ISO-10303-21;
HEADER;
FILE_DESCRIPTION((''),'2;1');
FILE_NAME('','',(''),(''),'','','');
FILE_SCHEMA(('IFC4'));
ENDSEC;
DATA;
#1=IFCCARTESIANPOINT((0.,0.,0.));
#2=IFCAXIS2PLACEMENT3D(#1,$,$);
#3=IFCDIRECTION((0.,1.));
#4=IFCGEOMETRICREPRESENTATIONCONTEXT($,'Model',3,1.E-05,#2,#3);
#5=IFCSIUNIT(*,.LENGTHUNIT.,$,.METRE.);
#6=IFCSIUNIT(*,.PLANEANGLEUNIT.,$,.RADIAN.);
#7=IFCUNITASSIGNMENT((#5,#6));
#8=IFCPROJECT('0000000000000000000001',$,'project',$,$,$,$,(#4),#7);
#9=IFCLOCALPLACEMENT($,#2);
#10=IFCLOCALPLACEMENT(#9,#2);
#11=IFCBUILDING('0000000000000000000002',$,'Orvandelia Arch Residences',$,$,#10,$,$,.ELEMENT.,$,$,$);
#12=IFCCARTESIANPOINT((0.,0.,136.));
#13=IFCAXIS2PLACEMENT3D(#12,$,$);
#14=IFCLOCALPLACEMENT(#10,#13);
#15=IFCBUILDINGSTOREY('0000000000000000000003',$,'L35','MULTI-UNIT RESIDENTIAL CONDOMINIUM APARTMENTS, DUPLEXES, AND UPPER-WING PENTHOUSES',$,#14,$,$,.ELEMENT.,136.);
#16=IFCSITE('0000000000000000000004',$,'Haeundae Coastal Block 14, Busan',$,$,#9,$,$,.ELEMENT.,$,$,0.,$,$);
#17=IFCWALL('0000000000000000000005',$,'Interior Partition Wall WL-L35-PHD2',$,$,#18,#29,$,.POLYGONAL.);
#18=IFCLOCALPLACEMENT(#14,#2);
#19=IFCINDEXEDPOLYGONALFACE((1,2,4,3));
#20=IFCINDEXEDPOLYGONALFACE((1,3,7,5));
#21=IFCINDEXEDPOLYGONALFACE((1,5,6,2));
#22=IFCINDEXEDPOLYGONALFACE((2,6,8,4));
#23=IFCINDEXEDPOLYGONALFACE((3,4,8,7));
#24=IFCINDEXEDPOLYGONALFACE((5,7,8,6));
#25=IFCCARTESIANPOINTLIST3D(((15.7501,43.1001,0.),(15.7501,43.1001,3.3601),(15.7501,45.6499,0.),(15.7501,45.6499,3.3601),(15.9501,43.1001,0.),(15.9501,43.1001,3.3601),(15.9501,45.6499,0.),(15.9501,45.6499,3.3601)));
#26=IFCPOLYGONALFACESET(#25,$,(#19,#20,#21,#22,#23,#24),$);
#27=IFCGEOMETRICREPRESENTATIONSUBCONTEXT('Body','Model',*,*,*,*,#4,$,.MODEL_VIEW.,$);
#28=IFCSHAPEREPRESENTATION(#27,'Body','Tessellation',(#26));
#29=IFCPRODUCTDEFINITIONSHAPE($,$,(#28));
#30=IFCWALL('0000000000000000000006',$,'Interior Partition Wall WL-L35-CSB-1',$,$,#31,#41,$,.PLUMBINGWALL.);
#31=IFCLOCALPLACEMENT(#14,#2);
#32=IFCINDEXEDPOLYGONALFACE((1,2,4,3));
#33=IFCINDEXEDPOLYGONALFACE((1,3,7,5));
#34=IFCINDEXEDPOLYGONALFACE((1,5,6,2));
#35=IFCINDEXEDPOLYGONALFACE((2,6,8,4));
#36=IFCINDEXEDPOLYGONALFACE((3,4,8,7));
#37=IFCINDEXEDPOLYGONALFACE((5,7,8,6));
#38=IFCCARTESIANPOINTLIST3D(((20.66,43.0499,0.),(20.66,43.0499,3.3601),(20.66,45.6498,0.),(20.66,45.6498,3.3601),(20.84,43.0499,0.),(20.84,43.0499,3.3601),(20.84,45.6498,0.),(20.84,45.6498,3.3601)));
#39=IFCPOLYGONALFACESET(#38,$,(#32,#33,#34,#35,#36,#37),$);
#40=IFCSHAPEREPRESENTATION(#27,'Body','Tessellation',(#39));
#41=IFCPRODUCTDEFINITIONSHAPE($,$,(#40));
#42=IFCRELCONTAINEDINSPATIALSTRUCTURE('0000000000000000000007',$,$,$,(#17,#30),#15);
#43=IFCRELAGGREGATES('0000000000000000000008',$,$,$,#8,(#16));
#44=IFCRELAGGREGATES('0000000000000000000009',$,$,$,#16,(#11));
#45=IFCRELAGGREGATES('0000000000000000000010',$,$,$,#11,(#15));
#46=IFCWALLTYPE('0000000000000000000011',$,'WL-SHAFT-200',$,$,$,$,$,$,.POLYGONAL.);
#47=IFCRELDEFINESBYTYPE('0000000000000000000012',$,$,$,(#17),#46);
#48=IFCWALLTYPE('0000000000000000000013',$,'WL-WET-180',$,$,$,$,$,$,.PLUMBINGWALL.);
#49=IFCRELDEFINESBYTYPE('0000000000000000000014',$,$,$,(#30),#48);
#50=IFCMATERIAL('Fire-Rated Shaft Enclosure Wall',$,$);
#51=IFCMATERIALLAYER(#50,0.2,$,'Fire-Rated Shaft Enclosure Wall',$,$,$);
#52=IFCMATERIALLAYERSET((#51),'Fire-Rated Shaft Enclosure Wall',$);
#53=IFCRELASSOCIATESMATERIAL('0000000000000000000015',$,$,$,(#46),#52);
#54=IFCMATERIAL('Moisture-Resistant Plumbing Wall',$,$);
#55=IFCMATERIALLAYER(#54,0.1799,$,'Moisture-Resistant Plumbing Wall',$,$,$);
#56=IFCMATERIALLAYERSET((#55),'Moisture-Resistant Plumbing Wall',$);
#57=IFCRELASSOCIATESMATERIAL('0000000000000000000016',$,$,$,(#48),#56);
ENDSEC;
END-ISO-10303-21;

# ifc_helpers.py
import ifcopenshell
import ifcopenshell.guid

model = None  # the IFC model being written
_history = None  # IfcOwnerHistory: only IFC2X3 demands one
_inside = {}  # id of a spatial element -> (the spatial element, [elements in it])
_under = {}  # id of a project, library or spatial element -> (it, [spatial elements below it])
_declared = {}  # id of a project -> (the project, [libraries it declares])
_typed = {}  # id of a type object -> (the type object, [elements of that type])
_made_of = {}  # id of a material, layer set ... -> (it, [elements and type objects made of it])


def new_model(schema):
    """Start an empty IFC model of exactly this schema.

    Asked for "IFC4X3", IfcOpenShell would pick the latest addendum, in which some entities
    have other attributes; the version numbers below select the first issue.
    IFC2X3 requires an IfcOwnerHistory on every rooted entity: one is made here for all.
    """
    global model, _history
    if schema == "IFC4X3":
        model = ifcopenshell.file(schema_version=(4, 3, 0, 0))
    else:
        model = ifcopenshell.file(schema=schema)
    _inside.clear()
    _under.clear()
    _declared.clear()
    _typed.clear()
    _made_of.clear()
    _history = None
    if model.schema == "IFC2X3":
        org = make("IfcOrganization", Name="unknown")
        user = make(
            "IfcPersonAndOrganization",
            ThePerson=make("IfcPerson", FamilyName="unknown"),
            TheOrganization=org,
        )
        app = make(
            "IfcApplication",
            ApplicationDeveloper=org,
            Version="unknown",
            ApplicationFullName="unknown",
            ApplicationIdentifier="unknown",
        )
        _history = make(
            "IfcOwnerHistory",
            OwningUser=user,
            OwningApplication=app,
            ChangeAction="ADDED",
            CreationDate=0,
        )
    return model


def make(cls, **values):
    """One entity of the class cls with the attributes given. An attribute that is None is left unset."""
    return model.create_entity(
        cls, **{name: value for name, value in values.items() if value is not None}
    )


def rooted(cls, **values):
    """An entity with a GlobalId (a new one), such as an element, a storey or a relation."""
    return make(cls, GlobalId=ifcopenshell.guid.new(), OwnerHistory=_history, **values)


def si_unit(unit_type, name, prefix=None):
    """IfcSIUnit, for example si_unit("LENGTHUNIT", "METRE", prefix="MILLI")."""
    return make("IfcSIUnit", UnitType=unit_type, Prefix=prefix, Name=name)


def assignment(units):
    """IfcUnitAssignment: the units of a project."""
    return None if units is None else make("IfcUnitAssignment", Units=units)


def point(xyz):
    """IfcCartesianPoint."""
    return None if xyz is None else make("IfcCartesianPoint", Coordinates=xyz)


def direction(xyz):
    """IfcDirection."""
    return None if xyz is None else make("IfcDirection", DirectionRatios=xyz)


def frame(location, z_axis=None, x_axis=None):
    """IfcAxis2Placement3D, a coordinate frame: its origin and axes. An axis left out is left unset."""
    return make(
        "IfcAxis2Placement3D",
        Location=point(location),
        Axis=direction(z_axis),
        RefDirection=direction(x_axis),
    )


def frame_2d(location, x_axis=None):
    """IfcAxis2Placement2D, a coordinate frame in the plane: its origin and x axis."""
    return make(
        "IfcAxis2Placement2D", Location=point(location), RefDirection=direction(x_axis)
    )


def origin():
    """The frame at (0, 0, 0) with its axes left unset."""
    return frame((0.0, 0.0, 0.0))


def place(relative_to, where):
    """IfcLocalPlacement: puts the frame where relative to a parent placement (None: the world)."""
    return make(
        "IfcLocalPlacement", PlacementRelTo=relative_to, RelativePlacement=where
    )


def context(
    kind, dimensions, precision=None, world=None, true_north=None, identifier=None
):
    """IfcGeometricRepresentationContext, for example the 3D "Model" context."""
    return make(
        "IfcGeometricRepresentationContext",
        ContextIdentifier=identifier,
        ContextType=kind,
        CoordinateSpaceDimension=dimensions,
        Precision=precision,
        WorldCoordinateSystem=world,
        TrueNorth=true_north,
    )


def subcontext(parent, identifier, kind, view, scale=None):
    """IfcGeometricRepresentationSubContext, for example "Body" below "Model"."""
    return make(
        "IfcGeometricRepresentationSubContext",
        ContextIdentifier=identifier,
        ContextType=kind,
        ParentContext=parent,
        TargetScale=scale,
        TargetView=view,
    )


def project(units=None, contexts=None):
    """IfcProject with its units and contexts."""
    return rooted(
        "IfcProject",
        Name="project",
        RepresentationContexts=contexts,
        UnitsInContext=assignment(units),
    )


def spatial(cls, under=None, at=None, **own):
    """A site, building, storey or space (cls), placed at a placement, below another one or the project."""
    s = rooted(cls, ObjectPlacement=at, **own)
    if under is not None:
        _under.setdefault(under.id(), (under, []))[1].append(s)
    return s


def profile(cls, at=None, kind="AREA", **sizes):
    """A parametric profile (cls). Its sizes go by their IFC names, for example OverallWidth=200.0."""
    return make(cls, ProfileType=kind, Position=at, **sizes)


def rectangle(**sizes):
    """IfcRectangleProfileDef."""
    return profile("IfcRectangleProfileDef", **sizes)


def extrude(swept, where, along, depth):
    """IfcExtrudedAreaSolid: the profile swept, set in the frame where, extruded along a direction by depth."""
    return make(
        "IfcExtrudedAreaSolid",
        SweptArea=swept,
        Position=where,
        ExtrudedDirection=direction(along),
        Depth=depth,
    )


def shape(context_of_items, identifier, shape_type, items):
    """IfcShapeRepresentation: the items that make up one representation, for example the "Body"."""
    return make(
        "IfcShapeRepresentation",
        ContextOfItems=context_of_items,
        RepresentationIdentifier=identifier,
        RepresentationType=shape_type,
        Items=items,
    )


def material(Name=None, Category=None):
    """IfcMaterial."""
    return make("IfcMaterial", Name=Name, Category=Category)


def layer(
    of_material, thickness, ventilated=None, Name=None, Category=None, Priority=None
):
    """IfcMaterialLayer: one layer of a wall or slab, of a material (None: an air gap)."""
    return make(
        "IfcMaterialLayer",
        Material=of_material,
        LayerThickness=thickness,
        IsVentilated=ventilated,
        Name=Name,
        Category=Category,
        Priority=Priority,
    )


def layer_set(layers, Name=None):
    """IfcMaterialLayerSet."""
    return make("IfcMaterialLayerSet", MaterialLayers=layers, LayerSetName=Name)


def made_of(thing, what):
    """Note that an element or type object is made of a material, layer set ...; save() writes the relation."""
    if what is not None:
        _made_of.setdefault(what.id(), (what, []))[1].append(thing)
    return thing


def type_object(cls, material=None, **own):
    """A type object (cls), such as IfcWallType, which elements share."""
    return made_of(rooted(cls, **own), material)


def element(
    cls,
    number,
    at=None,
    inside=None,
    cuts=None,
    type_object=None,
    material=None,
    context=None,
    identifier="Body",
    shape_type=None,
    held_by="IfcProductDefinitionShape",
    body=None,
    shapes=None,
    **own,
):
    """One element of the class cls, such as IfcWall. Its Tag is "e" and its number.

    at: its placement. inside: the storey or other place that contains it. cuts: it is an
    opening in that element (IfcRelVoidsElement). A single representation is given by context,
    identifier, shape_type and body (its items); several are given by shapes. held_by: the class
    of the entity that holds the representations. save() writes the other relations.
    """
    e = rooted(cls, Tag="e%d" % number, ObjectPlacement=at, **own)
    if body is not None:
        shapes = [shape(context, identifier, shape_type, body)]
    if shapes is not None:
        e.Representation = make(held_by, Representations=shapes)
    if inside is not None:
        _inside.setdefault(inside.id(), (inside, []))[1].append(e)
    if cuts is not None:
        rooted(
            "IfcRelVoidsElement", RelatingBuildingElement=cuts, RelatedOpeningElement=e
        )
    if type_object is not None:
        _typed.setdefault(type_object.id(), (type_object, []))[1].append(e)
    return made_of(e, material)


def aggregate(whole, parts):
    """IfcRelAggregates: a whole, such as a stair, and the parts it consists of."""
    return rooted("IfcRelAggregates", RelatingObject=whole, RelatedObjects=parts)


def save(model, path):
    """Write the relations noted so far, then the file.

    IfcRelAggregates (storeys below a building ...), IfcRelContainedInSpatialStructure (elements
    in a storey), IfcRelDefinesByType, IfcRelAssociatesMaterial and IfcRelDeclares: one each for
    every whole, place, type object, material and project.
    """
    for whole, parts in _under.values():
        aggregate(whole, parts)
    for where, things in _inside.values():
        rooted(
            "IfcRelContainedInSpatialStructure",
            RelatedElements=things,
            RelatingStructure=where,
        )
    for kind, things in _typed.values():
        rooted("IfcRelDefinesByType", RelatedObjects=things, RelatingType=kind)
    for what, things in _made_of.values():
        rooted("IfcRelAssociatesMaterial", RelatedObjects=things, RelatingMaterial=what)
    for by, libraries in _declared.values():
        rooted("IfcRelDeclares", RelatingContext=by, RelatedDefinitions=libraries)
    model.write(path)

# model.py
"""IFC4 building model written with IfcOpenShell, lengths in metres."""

from ifc_helpers import new_model, si_unit, direction, frame, frame_2d, origin, place, context, subcontext, project, spatial, rectangle, extrude, material, layer, layer_set, type_object, element, save


model = new_model("IFC4")

# Units and contexts
model_context = context("Model", 3, precision=1e-05, world=origin(), true_north=direction((0.0, 1.0)))
body_context = subcontext(model_context, "Body", "Model", "MODEL_VIEW")
ifc_project = project(units=[si_unit("LENGTHUNIT", "METRE"), si_unit("PLANEANGLEUNIT", "RADIAN")], contexts=[model_context])

# Site, building, storey
site_placement = place(None, origin())
site = spatial("IfcSite", under=ifc_project, at=site_placement, Name="Haeundae Coastal Block 14, Busan", CompositionType="ELEMENT", RefElevation=0.0)
building_placement = place(site_placement, origin())
building = spatial("IfcBuilding", under=site, at=building_placement, Name="Orvandelia Arch Residences", CompositionType="ELEMENT")
storey_placement = place(building_placement, frame((0.0, 0.0, 136.0)))
storey = spatial("IfcBuildingStorey", under=building, at=storey_placement, Name="L35", Description="MULTI-UNIT RESIDENTIAL CONDOMINIUM APARTMENTS, DUPLEXES, AND UPPER-WING PENTHOUSES", CompositionType="ELEMENT", Elevation=136.0)

# Shared definitions
ifc_material_1 = material(Name="Fire-Rated Shaft Enclosure Wall")
ifc_layer_1 = layer(ifc_material_1, 0.2, Name="Fire-Rated Shaft Enclosure Wall")
ifc_layer_set_1 = layer_set([ifc_layer_1], Name="Fire-Rated Shaft Enclosure Wall")
wall_type_1 = type_object("IfcWallType", Name="WL-SHAFT-200", PredefinedType="POLYGONAL", material=ifc_layer_set_1)

# Walls
for number, where, z_axis, x_axis, name in (
    (1, (15.8501, 43.1001, 0.0), (0.0, 0.0, 1.0), (0.0, 1.0, 0.0), "Interior Partition Wall WL-L35-PHD2"),
):
    element("IfcWall", number, at=place(storey_placement, frame(where, z_axis=z_axis, x_axis=x_axis)), inside=storey, type_object=wall_type_1, Name=name, PredefinedType="POLYGONAL", context=body_context, shape_type="SweptSolid", body=[
        extrude(rectangle(XDim=2.5498, YDim=0.2, at=frame_2d((1.2749, 0.0))), origin(), (0.0, 0.0, 1.0), 3.3601),
    ])
ifc_material_2 = material(Name="Moisture-Resistant Plumbing Wall")
ifc_layer_2 = layer(ifc_material_2, 0.1799, Name="Moisture-Resistant Plumbing Wall")
ifc_layer_set_2 = layer_set([ifc_layer_2], Name="Moisture-Resistant Plumbing Wall")
wall_type_2 = type_object("IfcWallType", Name="WL-WET-180", PredefinedType="PLUMBINGWALL", material=ifc_layer_set_2)
wall_1_placement = place(storey_placement, frame((20.75, 43.05, 0.0), z_axis=(0.0, 0.0, 1.0), x_axis=(0.0, 1.0, 0.0)))
element("IfcWall", 2, at=wall_1_placement, inside=storey, type_object=wall_type_2, Name="Interior Partition Wall WL-L35-CSB-1", PredefinedType="PLUMBINGWALL", context=body_context, shape_type="SweptSolid", body=[
    extrude(rectangle(XDim=2.5999, YDim=0.1799, at=frame_2d((1.2998, 0.0))), origin(), (0.0, 0.0, 1.0), 3.3601),
])

save(model, "model.ifc")
